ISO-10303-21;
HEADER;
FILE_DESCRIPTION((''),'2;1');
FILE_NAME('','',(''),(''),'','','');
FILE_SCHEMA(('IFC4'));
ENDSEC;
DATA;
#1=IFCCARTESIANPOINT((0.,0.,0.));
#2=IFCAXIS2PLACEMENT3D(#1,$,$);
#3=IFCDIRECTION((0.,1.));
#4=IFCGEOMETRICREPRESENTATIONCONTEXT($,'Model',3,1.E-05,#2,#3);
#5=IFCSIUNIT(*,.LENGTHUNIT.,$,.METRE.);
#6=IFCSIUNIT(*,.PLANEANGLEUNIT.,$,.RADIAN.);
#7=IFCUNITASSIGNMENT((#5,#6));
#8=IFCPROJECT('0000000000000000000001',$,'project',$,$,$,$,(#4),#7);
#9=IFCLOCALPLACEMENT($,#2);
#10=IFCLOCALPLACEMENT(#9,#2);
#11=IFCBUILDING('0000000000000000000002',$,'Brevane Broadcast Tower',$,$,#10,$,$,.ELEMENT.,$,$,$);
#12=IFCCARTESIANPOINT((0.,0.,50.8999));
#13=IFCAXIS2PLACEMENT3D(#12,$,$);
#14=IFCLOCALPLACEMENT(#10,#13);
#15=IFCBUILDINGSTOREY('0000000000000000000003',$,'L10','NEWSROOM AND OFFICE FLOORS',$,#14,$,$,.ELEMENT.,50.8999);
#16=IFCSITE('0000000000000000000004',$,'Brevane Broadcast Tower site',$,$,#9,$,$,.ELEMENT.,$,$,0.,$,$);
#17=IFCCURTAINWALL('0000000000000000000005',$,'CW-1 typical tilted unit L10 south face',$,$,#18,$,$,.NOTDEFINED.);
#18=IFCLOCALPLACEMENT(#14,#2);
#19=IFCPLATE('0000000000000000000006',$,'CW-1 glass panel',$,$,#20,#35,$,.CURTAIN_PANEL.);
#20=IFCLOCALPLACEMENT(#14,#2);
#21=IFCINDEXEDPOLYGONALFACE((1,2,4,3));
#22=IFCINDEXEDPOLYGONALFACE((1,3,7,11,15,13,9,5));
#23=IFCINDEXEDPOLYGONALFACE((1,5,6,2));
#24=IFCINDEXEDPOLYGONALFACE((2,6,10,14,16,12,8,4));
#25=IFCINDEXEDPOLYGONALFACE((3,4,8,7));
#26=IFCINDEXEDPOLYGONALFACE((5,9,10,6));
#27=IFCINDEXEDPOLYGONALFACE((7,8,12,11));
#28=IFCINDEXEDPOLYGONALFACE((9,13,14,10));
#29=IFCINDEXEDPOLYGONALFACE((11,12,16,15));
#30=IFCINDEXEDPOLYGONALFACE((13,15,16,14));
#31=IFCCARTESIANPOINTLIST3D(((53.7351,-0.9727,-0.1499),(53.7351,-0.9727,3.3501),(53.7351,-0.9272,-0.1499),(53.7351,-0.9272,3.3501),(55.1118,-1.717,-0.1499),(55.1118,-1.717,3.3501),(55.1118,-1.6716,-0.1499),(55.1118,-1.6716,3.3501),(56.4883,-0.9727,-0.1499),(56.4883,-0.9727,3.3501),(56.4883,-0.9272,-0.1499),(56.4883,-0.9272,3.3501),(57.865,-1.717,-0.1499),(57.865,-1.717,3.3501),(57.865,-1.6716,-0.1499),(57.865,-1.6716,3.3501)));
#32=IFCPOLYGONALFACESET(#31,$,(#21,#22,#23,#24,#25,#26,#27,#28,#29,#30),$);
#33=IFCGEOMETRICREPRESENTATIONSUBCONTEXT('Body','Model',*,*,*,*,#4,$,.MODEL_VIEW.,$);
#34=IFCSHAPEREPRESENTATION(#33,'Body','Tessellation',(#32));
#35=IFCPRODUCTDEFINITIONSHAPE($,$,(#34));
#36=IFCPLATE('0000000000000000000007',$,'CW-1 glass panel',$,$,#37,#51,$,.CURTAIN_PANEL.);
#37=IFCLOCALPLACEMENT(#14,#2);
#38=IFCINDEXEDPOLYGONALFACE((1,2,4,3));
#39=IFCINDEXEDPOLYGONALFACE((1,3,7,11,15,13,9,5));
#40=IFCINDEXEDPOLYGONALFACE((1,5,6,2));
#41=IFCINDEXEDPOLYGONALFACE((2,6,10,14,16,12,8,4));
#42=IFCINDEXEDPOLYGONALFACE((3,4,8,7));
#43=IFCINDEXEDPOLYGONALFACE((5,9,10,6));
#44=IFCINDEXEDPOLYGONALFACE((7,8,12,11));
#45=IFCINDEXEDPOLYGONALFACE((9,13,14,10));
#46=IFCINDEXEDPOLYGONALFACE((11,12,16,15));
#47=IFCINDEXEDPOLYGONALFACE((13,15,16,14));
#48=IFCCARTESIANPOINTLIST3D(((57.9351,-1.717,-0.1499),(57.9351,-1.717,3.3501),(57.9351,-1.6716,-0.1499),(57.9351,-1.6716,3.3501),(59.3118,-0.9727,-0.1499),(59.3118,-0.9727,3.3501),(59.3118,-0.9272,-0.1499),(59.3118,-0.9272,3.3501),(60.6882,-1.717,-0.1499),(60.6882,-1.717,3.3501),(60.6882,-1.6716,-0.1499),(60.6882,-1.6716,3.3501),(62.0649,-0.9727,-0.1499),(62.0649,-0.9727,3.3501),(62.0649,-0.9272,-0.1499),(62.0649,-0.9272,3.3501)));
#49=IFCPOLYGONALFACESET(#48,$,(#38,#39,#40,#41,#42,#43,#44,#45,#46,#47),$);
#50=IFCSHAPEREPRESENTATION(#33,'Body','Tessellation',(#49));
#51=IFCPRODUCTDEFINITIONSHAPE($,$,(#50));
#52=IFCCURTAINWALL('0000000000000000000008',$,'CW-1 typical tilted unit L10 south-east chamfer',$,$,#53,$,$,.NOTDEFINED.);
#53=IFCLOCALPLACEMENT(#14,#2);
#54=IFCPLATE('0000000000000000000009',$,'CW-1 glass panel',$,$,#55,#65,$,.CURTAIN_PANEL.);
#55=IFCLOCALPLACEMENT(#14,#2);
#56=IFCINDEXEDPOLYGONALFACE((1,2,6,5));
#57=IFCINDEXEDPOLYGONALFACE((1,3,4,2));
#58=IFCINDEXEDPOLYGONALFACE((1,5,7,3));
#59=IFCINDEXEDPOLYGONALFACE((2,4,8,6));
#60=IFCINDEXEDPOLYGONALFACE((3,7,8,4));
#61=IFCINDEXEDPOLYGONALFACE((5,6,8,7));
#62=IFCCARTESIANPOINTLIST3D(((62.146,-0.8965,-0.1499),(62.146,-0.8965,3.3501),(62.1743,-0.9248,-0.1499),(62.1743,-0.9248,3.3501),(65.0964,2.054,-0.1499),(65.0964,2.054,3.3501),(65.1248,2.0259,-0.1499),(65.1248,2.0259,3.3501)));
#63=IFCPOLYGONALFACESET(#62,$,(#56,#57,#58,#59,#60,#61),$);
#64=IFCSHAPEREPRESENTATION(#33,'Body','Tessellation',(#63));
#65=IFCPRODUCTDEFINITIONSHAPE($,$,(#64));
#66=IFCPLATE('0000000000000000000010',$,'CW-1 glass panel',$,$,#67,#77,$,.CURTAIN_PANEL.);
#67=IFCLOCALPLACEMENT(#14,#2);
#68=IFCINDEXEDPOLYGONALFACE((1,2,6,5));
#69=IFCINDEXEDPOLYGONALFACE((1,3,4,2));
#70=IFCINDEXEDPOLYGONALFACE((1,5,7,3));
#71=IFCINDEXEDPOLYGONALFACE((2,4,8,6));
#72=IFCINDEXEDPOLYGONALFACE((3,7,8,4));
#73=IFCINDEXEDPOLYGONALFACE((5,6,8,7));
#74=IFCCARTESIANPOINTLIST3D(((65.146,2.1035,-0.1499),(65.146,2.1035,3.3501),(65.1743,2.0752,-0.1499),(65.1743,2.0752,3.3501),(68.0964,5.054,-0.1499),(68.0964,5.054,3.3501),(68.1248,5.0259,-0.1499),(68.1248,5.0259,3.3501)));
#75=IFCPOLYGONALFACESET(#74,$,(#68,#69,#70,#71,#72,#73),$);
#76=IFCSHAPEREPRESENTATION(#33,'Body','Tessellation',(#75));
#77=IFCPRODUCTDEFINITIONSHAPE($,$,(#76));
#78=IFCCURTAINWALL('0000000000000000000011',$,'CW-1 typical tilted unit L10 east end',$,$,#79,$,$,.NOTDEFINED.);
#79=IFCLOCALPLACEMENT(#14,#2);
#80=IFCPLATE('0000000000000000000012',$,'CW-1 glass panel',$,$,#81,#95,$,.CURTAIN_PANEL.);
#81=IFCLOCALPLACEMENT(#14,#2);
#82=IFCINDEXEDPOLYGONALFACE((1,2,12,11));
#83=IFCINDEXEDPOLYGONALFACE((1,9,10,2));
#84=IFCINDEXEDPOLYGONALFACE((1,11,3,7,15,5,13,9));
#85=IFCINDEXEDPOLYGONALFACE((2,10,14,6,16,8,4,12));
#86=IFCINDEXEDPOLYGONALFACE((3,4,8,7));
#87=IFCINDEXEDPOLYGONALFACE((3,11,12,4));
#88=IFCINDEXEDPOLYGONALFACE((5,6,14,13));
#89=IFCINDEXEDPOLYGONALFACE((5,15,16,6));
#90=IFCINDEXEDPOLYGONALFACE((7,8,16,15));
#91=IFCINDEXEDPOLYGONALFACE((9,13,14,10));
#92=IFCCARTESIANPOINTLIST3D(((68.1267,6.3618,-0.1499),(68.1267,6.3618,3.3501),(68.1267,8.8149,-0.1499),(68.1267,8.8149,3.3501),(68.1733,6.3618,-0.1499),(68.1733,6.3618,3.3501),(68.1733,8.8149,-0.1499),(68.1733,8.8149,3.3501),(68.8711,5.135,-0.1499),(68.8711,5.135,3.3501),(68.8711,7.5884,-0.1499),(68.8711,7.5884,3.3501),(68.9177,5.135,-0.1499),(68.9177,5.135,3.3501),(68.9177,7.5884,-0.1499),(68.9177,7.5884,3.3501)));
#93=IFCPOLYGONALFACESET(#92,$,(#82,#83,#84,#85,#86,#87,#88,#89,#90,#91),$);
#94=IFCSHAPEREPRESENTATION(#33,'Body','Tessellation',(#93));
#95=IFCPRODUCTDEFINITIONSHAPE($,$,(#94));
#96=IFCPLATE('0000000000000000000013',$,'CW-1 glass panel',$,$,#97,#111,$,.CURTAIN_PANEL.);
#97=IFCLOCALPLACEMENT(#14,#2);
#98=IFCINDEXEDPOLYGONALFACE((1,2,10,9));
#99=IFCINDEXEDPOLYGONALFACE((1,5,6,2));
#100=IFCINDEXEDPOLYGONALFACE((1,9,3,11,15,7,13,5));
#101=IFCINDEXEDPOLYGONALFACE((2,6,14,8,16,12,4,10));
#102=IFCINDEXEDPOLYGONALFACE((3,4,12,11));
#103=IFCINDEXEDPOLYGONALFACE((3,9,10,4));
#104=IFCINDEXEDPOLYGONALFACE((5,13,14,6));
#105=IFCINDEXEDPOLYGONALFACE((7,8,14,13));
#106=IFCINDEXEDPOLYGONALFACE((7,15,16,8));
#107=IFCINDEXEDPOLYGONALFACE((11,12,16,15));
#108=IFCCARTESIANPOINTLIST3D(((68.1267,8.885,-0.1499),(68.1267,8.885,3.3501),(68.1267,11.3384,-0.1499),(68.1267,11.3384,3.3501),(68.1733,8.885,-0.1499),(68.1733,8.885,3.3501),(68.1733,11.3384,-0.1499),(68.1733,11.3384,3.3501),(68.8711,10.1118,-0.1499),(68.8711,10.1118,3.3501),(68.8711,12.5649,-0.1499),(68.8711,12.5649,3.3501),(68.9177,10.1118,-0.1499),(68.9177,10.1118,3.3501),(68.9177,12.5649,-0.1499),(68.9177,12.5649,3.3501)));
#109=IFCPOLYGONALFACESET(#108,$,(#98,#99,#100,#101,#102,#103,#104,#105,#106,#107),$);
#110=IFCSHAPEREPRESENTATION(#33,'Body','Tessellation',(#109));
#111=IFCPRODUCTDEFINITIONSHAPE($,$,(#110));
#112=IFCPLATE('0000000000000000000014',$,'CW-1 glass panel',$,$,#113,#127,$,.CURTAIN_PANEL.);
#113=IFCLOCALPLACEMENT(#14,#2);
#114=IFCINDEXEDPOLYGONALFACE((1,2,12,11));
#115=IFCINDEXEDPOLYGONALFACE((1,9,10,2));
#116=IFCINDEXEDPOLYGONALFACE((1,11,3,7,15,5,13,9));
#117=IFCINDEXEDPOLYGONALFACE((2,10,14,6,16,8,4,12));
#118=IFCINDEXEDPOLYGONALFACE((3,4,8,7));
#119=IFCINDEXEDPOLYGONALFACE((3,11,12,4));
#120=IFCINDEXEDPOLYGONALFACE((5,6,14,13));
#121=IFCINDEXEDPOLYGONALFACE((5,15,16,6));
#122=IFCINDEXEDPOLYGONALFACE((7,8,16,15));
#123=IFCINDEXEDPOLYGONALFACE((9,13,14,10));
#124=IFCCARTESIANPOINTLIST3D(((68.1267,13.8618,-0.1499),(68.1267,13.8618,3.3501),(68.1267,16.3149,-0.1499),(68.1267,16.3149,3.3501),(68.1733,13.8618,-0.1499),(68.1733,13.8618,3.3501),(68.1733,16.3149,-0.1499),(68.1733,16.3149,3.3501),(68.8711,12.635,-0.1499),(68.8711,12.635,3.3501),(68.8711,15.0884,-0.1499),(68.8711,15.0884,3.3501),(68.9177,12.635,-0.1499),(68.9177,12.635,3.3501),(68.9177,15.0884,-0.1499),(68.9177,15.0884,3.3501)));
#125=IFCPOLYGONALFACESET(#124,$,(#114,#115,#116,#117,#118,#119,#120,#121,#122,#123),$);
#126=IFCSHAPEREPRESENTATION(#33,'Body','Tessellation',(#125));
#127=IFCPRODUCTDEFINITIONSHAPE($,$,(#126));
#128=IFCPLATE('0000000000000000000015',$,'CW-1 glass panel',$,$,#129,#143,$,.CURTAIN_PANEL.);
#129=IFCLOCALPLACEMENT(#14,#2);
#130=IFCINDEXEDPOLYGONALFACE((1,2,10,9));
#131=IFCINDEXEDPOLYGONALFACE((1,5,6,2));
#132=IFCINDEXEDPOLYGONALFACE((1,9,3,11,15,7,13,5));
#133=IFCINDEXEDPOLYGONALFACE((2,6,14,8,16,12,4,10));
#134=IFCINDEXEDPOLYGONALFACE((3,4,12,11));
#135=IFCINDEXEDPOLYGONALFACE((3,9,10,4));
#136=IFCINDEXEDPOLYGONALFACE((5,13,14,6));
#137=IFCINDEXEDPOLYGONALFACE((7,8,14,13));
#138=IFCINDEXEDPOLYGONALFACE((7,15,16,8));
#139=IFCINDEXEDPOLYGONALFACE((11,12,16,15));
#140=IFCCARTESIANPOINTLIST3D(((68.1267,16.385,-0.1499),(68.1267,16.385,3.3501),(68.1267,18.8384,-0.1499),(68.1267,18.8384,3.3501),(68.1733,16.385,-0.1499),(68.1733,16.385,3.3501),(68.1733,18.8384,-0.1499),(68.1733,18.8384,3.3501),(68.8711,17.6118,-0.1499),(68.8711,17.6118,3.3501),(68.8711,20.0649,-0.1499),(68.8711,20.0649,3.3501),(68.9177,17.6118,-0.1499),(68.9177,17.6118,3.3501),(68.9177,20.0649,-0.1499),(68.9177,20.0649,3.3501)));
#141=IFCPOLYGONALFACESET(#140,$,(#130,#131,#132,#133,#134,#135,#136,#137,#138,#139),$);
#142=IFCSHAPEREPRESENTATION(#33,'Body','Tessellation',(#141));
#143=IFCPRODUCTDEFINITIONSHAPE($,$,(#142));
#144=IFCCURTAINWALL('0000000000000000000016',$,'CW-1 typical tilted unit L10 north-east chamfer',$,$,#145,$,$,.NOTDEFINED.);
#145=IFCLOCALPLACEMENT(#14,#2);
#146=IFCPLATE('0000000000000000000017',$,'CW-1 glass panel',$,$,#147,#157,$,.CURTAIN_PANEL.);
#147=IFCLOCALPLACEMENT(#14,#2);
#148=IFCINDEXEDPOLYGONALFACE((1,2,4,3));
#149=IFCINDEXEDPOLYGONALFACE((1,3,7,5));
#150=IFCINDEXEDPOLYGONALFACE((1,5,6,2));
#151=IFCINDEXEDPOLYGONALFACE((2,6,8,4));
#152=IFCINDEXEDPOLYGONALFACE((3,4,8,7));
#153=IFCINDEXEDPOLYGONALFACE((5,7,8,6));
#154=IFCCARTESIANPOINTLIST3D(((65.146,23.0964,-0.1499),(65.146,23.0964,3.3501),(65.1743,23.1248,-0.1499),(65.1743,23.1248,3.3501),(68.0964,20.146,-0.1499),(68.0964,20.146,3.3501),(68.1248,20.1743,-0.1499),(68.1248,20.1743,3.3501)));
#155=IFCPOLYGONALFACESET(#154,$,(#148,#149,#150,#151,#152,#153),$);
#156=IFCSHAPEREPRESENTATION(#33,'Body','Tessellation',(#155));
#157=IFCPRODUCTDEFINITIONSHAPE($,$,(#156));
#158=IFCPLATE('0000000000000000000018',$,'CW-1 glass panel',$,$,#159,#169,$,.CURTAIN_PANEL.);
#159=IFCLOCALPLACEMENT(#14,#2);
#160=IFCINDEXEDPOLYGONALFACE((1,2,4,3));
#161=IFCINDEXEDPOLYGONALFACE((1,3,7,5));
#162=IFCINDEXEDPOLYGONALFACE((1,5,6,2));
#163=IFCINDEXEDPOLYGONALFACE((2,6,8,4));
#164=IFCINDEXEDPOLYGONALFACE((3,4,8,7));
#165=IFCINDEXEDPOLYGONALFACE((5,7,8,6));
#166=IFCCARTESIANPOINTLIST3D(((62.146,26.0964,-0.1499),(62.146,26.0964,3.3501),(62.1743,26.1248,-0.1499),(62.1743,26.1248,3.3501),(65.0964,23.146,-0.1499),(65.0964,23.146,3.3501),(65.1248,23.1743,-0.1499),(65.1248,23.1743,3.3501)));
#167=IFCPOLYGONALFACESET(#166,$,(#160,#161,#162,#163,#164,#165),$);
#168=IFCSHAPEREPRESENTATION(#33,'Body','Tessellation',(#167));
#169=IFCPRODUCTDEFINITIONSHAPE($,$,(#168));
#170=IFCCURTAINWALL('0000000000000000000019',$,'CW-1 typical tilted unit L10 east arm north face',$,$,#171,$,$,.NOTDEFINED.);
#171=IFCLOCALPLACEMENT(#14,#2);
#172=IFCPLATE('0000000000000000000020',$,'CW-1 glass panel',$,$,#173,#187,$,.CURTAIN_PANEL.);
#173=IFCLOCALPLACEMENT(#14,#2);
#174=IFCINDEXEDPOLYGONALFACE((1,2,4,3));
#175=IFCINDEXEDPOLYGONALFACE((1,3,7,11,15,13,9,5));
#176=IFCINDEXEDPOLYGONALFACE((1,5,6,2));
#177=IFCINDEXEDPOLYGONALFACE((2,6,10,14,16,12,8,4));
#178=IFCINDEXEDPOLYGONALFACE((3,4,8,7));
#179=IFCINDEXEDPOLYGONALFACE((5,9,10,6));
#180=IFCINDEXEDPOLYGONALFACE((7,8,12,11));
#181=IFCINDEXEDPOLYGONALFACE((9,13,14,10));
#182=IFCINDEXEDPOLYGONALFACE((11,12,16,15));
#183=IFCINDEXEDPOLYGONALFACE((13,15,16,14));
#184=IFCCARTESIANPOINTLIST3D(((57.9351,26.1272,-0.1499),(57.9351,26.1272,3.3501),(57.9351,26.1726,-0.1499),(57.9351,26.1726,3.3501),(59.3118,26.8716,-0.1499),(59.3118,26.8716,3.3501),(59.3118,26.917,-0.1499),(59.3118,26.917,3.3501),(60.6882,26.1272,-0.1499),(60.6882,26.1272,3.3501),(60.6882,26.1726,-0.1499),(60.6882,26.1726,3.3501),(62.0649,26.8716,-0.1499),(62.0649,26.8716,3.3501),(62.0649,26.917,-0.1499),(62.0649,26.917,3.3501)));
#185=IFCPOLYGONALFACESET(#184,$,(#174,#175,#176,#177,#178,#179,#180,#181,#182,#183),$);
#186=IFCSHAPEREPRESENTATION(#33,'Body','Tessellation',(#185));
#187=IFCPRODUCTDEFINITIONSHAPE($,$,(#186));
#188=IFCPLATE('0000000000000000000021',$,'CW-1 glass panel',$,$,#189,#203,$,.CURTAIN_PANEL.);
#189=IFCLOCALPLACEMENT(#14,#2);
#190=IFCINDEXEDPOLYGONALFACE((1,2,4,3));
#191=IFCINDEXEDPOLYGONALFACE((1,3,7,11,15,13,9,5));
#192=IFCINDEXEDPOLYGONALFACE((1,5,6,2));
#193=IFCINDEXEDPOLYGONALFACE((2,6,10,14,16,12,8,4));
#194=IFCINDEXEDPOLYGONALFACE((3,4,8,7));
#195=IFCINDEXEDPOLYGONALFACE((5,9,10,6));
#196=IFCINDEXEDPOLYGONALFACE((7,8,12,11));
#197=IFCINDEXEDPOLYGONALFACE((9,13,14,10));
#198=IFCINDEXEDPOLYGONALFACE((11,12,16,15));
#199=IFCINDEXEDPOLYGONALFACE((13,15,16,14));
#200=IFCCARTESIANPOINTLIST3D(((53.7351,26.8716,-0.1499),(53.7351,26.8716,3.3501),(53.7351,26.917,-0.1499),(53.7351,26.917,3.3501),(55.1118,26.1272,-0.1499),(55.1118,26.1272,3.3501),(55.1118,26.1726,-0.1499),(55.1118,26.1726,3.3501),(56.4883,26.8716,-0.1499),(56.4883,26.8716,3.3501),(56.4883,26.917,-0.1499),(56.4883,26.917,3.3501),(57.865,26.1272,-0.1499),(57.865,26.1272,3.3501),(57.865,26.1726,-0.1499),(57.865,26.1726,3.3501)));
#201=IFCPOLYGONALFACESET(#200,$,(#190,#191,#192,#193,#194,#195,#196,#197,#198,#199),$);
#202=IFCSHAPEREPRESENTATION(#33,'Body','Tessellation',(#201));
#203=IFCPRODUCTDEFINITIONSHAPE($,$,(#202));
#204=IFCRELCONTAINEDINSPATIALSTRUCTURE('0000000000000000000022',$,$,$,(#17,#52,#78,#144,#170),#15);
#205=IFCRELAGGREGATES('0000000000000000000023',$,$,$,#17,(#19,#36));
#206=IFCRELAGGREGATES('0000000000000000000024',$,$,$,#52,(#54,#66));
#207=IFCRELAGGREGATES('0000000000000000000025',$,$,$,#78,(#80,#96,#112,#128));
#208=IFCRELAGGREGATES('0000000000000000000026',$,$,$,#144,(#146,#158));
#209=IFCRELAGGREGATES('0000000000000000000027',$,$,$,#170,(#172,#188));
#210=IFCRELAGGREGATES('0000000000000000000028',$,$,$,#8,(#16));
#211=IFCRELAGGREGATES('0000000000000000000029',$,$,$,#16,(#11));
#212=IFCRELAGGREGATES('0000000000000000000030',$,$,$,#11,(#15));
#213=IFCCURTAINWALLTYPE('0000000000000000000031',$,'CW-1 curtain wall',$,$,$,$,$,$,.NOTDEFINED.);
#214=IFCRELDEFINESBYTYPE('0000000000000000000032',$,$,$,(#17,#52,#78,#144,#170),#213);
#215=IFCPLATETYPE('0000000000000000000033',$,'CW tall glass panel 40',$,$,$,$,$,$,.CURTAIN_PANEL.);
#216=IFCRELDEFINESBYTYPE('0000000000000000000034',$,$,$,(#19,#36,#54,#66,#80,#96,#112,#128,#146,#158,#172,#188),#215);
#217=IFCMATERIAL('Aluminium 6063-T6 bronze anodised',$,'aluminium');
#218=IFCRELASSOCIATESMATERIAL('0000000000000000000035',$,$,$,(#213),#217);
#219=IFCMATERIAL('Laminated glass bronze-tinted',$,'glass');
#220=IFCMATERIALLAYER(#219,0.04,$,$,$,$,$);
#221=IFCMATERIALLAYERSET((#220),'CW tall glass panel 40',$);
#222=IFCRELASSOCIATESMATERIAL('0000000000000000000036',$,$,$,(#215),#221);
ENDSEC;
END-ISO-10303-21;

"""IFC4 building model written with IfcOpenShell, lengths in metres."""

from ifc_helpers import new_model, si_unit, direction, frame, origin, place, context, subcontext, project, spatial, polyline, outline, extrude, material, layer, layer_set, type_object, element, aggregate, save


model = new_model("IFC4")

# Units and contexts
model_context = context("Model", 3, precision=1e-05, world=origin(), true_north=direction((0.0, 1.0)))
body_context = subcontext(model_context, "Body", "Model", "MODEL_VIEW")
ifc_project = project(units=[si_unit("LENGTHUNIT", "METRE"), si_unit("PLANEANGLEUNIT", "RADIAN")], contexts=[model_context])

# Site, building, storey
site_placement = place(None, origin())
site = spatial("IfcSite", under=ifc_project, at=site_placement, Name="Brevane Broadcast Tower site", CompositionType="ELEMENT", RefElevation=0.0)
building_placement = place(site_placement, origin())
building = spatial("IfcBuilding", under=site, at=building_placement, Name="Brevane Broadcast Tower", CompositionType="ELEMENT")
storey_placement = place(building_placement, frame((0.0, 0.0, 50.8999)))
storey = spatial("IfcBuildingStorey", under=building, at=storey_placement, Name="L10", Description="NEWSROOM AND OFFICE FLOORS", CompositionType="ELEMENT", Elevation=50.8999)

# Curtain walls, plates
ifc_material_1 = material(Name="Aluminium 6063-T6 bronze anodised", Category="aluminium")
curtain_wall_type = type_object("IfcCurtainWallType", Name="CW-1 curtain wall", PredefinedType="NOTDEFINED", material=ifc_material_1)
curtain_wall_1_placement = place(storey_placement, origin())
curtain_wall_1 = element("IfcCurtainWall", 1, at=curtain_wall_1_placement, inside=storey, type_object=curtain_wall_type, Name="CW-1 typical tilted unit L10 south face", PredefinedType="NOTDEFINED")
ifc_material_2 = material(Name="Laminated glass bronze-tinted", Category="glass")
ifc_layer = layer(ifc_material_2, 0.04)
ifc_layer_set = layer_set([ifc_layer], Name="CW tall glass panel 40")
plate_type = type_object("IfcPlateType", Name="CW tall glass panel 40", PredefinedType="CURTAIN_PANEL", material=ifc_layer_set)
plate_1_placement = place(storey_placement, frame((0.0, 0.0, -0.1499)))
plate_1 = element("IfcPlate", 2, at=plate_1_placement, type_object=plate_type, Name="CW-1 glass panel", PredefinedType="CURTAIN_PANEL", context=body_context, shape_type="SweptSolid", body=[
    extrude(outline(polyline([(53.7351, -0.9272), (53.7351, -0.9727), (55.1118, -1.717), (56.4883, -0.9727), (57.865, -1.717), (57.865, -1.6716), (56.4883, -0.9272), (55.1118, -1.6716), (53.7351, -0.9272)])), origin(), (0.0, 0.0, 1.0), 3.5),
])
plate_2_placement = place(storey_placement, frame((0.0, 0.0, -0.1499)))
plate_2 = element("IfcPlate", 3, at=plate_2_placement, type_object=plate_type, Name="CW-1 glass panel", PredefinedType="CURTAIN_PANEL", context=body_context, shape_type="SweptSolid", body=[
    extrude(outline(polyline([(57.9351, -1.6716), (57.9351, -1.717), (59.3118, -0.9727), (60.6882, -1.717), (62.0649, -0.9727), (62.0649, -0.9272), (60.6882, -1.6716), (59.3118, -0.9272), (57.9351, -1.6716)])), origin(), (0.0, 0.0, 1.0), 3.5),
])
aggregate(curtain_wall_1, [plate_1, plate_2])
curtain_wall_2_placement = place(storey_placement, origin())
curtain_wall_2 = element("IfcCurtainWall", 4, at=curtain_wall_2_placement, inside=storey, type_object=curtain_wall_type, Name="CW-1 typical tilted unit L10 south-east chamfer", PredefinedType="NOTDEFINED")
plate_3_placement = place(storey_placement, frame((0.0, 0.0, -0.1499)))
plate_3 = element("IfcPlate", 5, at=plate_3_placement, type_object=plate_type, Name="CW-1 glass panel", PredefinedType="CURTAIN_PANEL", context=body_context, shape_type="SweptSolid", body=[
    extrude(outline(polyline([(62.146, -0.8965), (65.0964, 2.054), (65.1248, 2.0259), (62.1743, -0.9248), (62.146, -0.8965)])), origin(), (0.0, 0.0, 1.0), 3.5),
])
plate_4_placement = place(storey_placement, frame((0.0, 0.0, -0.1499)))
plate_4 = element("IfcPlate", 6, at=plate_4_placement, type_object=plate_type, Name="CW-1 glass panel", PredefinedType="CURTAIN_PANEL", context=body_context, shape_type="SweptSolid", body=[
    extrude(outline(polyline([(65.146, 2.1035), (68.0964, 5.054), (68.1248, 5.0259), (65.1743, 2.0752), (65.146, 2.1035)])), origin(), (0.0, 0.0, 1.0), 3.5),
])
aggregate(curtain_wall_2, [plate_3, plate_4])
curtain_wall_3_placement = place(storey_placement, origin())
curtain_wall_3 = element("IfcCurtainWall", 7, at=curtain_wall_3_placement, inside=storey, type_object=curtain_wall_type, Name="CW-1 typical tilted unit L10 east end", PredefinedType="NOTDEFINED")
plate_5_placement = place(storey_placement, frame((0.0, 0.0, -0.1499)))
plate_5 = element("IfcPlate", 8, at=plate_5_placement, type_object=plate_type, Name="CW-1 glass panel", PredefinedType="CURTAIN_PANEL", context=body_context, shape_type="SweptSolid", body=[
    extrude(outline(polyline([(68.8711, 5.135), (68.9177, 5.135), (68.1733, 6.3618), (68.9177, 7.5884), (68.1733, 8.8149), (68.1267, 8.8149), (68.8711, 7.5884), (68.1267, 6.3618), (68.8711, 5.135)])), origin(), (0.0, 0.0, 1.0), 3.5),
])
plate_6_placement = place(storey_placement, frame((0.0, 0.0, -0.1499)))
plate_6 = element("IfcPlate", 9, at=plate_6_placement, type_object=plate_type, Name="CW-1 glass panel", PredefinedType="CURTAIN_PANEL", context=body_context, shape_type="SweptSolid", body=[
    extrude(outline(polyline([(68.1267, 8.885), (68.1733, 8.885), (68.9177, 10.1118), (68.1733, 11.3384), (68.9177, 12.5649), (68.8711, 12.5649), (68.1267, 11.3384), (68.8711, 10.1118), (68.1267, 8.885)])), origin(), (0.0, 0.0, 1.0), 3.5),
])
plate_7_placement = place(storey_placement, frame((0.0, 0.0, -0.1499)))
plate_7 = element("IfcPlate", 10, at=plate_7_placement, type_object=plate_type, Name="CW-1 glass panel", PredefinedType="CURTAIN_PANEL", context=body_context, shape_type="SweptSolid", body=[
    extrude(outline(polyline([(68.8711, 12.635), (68.9177, 12.635), (68.1733, 13.8618), (68.9177, 15.0884), (68.1733, 16.3149), (68.1267, 16.3149), (68.8711, 15.0884), (68.1267, 13.8618), (68.8711, 12.635)])), origin(), (0.0, 0.0, 1.0), 3.5),
])
plate_8_placement = place(storey_placement, frame((0.0, 0.0, -0.1499)))
plate_8 = element("IfcPlate", 11, at=plate_8_placement, type_object=plate_type, Name="CW-1 glass panel", PredefinedType="CURTAIN_PANEL", context=body_context, shape_type="SweptSolid", body=[
    extrude(outline(polyline([(68.1267, 16.385), (68.1733, 16.385), (68.9177, 17.6118), (68.1733, 18.8384), (68.9177, 20.0649), (68.8711, 20.0649), (68.1267, 18.8384), (68.8711, 17.6118), (68.1267, 16.385)])), origin(), (0.0, 0.0, 1.0), 3.5),
])
aggregate(curtain_wall_3, [plate_5, plate_6, plate_7, plate_8])
curtain_wall_4_placement = place(storey_placement, origin())
curtain_wall_4 = element("IfcCurtainWall", 12, at=curtain_wall_4_placement, inside=storey, type_object=curtain_wall_type, Name="CW-1 typical tilted unit L10 north-east chamfer", PredefinedType="NOTDEFINED")
plate_9_placement = place(storey_placement, frame((0.0, 0.0, -0.1499)))
plate_9 = element("IfcPlate", 13, at=plate_9_placement, type_object=plate_type, Name="CW-1 glass panel", PredefinedType="CURTAIN_PANEL", context=body_context, shape_type="SweptSolid", body=[
    extrude(outline(polyline([(68.0964, 20.146), (65.146, 23.0964), (65.1743, 23.1248), (68.1248, 20.1743), (68.0964, 20.146)])), origin(), (0.0, 0.0, 1.0), 3.5),
])
plate_10_placement = place(storey_placement, frame((0.0, 0.0, -0.1499)))
plate_10 = element("IfcPlate", 14, at=plate_10_placement, type_object=plate_type, Name="CW-1 glass panel", PredefinedType="CURTAIN_PANEL", context=body_context, shape_type="SweptSolid", body=[
    extrude(outline(polyline([(65.0964, 23.146), (62.146, 26.0964), (62.1743, 26.1248), (65.1248, 23.1743), (65.0964, 23.146)])), origin(), (0.0, 0.0, 1.0), 3.5),
])
aggregate(curtain_wall_4, [plate_9, plate_10])
curtain_wall_5_placement = place(storey_placement, origin())
curtain_wall_5 = element("IfcCurtainWall", 15, at=curtain_wall_5_placement, inside=storey, type_object=curtain_wall_type, Name="CW-1 typical tilted unit L10 east arm north face", PredefinedType="NOTDEFINED")
plate_11_placement = place(storey_placement, frame((0.0, 0.0, -0.1499)))
plate_11 = element("IfcPlate", 16, at=plate_11_placement, type_object=plate_type, Name="CW-1 glass panel", PredefinedType="CURTAIN_PANEL", context=body_context, shape_type="SweptSolid", body=[
    extrude(outline(polyline([(62.0649, 26.8716), (62.0649, 26.917), (60.6882, 26.1726), (59.3118, 26.917), (57.9351, 26.1726), (57.9351, 26.1272), (59.3118, 26.8716), (60.6882, 26.1272), (62.0649, 26.8716)])), origin(), (0.0, 0.0, 1.0), 3.5),
])
plate_12_placement = place(storey_placement, frame((0.0, 0.0, -0.1499)))
plate_12 = element("IfcPlate", 17, at=plate_12_placement, type_object=plate_type, Name="CW-1 glass panel", PredefinedType="CURTAIN_PANEL", context=body_context, shape_type="SweptSolid", body=[
    extrude(outline(polyline([(57.865, 26.1272), (57.865, 26.1726), (56.4883, 26.917), (55.1118, 26.1726), (53.7351, 26.917), (53.7351, 26.8716), (55.1118, 26.1272), (56.4883, 26.8716), (57.865, 26.1272)])), origin(), (0.0, 0.0, 1.0), 3.5),
])
aggregate(curtain_wall_5, [plate_11, plate_12])

save(model, "model.ifc")
